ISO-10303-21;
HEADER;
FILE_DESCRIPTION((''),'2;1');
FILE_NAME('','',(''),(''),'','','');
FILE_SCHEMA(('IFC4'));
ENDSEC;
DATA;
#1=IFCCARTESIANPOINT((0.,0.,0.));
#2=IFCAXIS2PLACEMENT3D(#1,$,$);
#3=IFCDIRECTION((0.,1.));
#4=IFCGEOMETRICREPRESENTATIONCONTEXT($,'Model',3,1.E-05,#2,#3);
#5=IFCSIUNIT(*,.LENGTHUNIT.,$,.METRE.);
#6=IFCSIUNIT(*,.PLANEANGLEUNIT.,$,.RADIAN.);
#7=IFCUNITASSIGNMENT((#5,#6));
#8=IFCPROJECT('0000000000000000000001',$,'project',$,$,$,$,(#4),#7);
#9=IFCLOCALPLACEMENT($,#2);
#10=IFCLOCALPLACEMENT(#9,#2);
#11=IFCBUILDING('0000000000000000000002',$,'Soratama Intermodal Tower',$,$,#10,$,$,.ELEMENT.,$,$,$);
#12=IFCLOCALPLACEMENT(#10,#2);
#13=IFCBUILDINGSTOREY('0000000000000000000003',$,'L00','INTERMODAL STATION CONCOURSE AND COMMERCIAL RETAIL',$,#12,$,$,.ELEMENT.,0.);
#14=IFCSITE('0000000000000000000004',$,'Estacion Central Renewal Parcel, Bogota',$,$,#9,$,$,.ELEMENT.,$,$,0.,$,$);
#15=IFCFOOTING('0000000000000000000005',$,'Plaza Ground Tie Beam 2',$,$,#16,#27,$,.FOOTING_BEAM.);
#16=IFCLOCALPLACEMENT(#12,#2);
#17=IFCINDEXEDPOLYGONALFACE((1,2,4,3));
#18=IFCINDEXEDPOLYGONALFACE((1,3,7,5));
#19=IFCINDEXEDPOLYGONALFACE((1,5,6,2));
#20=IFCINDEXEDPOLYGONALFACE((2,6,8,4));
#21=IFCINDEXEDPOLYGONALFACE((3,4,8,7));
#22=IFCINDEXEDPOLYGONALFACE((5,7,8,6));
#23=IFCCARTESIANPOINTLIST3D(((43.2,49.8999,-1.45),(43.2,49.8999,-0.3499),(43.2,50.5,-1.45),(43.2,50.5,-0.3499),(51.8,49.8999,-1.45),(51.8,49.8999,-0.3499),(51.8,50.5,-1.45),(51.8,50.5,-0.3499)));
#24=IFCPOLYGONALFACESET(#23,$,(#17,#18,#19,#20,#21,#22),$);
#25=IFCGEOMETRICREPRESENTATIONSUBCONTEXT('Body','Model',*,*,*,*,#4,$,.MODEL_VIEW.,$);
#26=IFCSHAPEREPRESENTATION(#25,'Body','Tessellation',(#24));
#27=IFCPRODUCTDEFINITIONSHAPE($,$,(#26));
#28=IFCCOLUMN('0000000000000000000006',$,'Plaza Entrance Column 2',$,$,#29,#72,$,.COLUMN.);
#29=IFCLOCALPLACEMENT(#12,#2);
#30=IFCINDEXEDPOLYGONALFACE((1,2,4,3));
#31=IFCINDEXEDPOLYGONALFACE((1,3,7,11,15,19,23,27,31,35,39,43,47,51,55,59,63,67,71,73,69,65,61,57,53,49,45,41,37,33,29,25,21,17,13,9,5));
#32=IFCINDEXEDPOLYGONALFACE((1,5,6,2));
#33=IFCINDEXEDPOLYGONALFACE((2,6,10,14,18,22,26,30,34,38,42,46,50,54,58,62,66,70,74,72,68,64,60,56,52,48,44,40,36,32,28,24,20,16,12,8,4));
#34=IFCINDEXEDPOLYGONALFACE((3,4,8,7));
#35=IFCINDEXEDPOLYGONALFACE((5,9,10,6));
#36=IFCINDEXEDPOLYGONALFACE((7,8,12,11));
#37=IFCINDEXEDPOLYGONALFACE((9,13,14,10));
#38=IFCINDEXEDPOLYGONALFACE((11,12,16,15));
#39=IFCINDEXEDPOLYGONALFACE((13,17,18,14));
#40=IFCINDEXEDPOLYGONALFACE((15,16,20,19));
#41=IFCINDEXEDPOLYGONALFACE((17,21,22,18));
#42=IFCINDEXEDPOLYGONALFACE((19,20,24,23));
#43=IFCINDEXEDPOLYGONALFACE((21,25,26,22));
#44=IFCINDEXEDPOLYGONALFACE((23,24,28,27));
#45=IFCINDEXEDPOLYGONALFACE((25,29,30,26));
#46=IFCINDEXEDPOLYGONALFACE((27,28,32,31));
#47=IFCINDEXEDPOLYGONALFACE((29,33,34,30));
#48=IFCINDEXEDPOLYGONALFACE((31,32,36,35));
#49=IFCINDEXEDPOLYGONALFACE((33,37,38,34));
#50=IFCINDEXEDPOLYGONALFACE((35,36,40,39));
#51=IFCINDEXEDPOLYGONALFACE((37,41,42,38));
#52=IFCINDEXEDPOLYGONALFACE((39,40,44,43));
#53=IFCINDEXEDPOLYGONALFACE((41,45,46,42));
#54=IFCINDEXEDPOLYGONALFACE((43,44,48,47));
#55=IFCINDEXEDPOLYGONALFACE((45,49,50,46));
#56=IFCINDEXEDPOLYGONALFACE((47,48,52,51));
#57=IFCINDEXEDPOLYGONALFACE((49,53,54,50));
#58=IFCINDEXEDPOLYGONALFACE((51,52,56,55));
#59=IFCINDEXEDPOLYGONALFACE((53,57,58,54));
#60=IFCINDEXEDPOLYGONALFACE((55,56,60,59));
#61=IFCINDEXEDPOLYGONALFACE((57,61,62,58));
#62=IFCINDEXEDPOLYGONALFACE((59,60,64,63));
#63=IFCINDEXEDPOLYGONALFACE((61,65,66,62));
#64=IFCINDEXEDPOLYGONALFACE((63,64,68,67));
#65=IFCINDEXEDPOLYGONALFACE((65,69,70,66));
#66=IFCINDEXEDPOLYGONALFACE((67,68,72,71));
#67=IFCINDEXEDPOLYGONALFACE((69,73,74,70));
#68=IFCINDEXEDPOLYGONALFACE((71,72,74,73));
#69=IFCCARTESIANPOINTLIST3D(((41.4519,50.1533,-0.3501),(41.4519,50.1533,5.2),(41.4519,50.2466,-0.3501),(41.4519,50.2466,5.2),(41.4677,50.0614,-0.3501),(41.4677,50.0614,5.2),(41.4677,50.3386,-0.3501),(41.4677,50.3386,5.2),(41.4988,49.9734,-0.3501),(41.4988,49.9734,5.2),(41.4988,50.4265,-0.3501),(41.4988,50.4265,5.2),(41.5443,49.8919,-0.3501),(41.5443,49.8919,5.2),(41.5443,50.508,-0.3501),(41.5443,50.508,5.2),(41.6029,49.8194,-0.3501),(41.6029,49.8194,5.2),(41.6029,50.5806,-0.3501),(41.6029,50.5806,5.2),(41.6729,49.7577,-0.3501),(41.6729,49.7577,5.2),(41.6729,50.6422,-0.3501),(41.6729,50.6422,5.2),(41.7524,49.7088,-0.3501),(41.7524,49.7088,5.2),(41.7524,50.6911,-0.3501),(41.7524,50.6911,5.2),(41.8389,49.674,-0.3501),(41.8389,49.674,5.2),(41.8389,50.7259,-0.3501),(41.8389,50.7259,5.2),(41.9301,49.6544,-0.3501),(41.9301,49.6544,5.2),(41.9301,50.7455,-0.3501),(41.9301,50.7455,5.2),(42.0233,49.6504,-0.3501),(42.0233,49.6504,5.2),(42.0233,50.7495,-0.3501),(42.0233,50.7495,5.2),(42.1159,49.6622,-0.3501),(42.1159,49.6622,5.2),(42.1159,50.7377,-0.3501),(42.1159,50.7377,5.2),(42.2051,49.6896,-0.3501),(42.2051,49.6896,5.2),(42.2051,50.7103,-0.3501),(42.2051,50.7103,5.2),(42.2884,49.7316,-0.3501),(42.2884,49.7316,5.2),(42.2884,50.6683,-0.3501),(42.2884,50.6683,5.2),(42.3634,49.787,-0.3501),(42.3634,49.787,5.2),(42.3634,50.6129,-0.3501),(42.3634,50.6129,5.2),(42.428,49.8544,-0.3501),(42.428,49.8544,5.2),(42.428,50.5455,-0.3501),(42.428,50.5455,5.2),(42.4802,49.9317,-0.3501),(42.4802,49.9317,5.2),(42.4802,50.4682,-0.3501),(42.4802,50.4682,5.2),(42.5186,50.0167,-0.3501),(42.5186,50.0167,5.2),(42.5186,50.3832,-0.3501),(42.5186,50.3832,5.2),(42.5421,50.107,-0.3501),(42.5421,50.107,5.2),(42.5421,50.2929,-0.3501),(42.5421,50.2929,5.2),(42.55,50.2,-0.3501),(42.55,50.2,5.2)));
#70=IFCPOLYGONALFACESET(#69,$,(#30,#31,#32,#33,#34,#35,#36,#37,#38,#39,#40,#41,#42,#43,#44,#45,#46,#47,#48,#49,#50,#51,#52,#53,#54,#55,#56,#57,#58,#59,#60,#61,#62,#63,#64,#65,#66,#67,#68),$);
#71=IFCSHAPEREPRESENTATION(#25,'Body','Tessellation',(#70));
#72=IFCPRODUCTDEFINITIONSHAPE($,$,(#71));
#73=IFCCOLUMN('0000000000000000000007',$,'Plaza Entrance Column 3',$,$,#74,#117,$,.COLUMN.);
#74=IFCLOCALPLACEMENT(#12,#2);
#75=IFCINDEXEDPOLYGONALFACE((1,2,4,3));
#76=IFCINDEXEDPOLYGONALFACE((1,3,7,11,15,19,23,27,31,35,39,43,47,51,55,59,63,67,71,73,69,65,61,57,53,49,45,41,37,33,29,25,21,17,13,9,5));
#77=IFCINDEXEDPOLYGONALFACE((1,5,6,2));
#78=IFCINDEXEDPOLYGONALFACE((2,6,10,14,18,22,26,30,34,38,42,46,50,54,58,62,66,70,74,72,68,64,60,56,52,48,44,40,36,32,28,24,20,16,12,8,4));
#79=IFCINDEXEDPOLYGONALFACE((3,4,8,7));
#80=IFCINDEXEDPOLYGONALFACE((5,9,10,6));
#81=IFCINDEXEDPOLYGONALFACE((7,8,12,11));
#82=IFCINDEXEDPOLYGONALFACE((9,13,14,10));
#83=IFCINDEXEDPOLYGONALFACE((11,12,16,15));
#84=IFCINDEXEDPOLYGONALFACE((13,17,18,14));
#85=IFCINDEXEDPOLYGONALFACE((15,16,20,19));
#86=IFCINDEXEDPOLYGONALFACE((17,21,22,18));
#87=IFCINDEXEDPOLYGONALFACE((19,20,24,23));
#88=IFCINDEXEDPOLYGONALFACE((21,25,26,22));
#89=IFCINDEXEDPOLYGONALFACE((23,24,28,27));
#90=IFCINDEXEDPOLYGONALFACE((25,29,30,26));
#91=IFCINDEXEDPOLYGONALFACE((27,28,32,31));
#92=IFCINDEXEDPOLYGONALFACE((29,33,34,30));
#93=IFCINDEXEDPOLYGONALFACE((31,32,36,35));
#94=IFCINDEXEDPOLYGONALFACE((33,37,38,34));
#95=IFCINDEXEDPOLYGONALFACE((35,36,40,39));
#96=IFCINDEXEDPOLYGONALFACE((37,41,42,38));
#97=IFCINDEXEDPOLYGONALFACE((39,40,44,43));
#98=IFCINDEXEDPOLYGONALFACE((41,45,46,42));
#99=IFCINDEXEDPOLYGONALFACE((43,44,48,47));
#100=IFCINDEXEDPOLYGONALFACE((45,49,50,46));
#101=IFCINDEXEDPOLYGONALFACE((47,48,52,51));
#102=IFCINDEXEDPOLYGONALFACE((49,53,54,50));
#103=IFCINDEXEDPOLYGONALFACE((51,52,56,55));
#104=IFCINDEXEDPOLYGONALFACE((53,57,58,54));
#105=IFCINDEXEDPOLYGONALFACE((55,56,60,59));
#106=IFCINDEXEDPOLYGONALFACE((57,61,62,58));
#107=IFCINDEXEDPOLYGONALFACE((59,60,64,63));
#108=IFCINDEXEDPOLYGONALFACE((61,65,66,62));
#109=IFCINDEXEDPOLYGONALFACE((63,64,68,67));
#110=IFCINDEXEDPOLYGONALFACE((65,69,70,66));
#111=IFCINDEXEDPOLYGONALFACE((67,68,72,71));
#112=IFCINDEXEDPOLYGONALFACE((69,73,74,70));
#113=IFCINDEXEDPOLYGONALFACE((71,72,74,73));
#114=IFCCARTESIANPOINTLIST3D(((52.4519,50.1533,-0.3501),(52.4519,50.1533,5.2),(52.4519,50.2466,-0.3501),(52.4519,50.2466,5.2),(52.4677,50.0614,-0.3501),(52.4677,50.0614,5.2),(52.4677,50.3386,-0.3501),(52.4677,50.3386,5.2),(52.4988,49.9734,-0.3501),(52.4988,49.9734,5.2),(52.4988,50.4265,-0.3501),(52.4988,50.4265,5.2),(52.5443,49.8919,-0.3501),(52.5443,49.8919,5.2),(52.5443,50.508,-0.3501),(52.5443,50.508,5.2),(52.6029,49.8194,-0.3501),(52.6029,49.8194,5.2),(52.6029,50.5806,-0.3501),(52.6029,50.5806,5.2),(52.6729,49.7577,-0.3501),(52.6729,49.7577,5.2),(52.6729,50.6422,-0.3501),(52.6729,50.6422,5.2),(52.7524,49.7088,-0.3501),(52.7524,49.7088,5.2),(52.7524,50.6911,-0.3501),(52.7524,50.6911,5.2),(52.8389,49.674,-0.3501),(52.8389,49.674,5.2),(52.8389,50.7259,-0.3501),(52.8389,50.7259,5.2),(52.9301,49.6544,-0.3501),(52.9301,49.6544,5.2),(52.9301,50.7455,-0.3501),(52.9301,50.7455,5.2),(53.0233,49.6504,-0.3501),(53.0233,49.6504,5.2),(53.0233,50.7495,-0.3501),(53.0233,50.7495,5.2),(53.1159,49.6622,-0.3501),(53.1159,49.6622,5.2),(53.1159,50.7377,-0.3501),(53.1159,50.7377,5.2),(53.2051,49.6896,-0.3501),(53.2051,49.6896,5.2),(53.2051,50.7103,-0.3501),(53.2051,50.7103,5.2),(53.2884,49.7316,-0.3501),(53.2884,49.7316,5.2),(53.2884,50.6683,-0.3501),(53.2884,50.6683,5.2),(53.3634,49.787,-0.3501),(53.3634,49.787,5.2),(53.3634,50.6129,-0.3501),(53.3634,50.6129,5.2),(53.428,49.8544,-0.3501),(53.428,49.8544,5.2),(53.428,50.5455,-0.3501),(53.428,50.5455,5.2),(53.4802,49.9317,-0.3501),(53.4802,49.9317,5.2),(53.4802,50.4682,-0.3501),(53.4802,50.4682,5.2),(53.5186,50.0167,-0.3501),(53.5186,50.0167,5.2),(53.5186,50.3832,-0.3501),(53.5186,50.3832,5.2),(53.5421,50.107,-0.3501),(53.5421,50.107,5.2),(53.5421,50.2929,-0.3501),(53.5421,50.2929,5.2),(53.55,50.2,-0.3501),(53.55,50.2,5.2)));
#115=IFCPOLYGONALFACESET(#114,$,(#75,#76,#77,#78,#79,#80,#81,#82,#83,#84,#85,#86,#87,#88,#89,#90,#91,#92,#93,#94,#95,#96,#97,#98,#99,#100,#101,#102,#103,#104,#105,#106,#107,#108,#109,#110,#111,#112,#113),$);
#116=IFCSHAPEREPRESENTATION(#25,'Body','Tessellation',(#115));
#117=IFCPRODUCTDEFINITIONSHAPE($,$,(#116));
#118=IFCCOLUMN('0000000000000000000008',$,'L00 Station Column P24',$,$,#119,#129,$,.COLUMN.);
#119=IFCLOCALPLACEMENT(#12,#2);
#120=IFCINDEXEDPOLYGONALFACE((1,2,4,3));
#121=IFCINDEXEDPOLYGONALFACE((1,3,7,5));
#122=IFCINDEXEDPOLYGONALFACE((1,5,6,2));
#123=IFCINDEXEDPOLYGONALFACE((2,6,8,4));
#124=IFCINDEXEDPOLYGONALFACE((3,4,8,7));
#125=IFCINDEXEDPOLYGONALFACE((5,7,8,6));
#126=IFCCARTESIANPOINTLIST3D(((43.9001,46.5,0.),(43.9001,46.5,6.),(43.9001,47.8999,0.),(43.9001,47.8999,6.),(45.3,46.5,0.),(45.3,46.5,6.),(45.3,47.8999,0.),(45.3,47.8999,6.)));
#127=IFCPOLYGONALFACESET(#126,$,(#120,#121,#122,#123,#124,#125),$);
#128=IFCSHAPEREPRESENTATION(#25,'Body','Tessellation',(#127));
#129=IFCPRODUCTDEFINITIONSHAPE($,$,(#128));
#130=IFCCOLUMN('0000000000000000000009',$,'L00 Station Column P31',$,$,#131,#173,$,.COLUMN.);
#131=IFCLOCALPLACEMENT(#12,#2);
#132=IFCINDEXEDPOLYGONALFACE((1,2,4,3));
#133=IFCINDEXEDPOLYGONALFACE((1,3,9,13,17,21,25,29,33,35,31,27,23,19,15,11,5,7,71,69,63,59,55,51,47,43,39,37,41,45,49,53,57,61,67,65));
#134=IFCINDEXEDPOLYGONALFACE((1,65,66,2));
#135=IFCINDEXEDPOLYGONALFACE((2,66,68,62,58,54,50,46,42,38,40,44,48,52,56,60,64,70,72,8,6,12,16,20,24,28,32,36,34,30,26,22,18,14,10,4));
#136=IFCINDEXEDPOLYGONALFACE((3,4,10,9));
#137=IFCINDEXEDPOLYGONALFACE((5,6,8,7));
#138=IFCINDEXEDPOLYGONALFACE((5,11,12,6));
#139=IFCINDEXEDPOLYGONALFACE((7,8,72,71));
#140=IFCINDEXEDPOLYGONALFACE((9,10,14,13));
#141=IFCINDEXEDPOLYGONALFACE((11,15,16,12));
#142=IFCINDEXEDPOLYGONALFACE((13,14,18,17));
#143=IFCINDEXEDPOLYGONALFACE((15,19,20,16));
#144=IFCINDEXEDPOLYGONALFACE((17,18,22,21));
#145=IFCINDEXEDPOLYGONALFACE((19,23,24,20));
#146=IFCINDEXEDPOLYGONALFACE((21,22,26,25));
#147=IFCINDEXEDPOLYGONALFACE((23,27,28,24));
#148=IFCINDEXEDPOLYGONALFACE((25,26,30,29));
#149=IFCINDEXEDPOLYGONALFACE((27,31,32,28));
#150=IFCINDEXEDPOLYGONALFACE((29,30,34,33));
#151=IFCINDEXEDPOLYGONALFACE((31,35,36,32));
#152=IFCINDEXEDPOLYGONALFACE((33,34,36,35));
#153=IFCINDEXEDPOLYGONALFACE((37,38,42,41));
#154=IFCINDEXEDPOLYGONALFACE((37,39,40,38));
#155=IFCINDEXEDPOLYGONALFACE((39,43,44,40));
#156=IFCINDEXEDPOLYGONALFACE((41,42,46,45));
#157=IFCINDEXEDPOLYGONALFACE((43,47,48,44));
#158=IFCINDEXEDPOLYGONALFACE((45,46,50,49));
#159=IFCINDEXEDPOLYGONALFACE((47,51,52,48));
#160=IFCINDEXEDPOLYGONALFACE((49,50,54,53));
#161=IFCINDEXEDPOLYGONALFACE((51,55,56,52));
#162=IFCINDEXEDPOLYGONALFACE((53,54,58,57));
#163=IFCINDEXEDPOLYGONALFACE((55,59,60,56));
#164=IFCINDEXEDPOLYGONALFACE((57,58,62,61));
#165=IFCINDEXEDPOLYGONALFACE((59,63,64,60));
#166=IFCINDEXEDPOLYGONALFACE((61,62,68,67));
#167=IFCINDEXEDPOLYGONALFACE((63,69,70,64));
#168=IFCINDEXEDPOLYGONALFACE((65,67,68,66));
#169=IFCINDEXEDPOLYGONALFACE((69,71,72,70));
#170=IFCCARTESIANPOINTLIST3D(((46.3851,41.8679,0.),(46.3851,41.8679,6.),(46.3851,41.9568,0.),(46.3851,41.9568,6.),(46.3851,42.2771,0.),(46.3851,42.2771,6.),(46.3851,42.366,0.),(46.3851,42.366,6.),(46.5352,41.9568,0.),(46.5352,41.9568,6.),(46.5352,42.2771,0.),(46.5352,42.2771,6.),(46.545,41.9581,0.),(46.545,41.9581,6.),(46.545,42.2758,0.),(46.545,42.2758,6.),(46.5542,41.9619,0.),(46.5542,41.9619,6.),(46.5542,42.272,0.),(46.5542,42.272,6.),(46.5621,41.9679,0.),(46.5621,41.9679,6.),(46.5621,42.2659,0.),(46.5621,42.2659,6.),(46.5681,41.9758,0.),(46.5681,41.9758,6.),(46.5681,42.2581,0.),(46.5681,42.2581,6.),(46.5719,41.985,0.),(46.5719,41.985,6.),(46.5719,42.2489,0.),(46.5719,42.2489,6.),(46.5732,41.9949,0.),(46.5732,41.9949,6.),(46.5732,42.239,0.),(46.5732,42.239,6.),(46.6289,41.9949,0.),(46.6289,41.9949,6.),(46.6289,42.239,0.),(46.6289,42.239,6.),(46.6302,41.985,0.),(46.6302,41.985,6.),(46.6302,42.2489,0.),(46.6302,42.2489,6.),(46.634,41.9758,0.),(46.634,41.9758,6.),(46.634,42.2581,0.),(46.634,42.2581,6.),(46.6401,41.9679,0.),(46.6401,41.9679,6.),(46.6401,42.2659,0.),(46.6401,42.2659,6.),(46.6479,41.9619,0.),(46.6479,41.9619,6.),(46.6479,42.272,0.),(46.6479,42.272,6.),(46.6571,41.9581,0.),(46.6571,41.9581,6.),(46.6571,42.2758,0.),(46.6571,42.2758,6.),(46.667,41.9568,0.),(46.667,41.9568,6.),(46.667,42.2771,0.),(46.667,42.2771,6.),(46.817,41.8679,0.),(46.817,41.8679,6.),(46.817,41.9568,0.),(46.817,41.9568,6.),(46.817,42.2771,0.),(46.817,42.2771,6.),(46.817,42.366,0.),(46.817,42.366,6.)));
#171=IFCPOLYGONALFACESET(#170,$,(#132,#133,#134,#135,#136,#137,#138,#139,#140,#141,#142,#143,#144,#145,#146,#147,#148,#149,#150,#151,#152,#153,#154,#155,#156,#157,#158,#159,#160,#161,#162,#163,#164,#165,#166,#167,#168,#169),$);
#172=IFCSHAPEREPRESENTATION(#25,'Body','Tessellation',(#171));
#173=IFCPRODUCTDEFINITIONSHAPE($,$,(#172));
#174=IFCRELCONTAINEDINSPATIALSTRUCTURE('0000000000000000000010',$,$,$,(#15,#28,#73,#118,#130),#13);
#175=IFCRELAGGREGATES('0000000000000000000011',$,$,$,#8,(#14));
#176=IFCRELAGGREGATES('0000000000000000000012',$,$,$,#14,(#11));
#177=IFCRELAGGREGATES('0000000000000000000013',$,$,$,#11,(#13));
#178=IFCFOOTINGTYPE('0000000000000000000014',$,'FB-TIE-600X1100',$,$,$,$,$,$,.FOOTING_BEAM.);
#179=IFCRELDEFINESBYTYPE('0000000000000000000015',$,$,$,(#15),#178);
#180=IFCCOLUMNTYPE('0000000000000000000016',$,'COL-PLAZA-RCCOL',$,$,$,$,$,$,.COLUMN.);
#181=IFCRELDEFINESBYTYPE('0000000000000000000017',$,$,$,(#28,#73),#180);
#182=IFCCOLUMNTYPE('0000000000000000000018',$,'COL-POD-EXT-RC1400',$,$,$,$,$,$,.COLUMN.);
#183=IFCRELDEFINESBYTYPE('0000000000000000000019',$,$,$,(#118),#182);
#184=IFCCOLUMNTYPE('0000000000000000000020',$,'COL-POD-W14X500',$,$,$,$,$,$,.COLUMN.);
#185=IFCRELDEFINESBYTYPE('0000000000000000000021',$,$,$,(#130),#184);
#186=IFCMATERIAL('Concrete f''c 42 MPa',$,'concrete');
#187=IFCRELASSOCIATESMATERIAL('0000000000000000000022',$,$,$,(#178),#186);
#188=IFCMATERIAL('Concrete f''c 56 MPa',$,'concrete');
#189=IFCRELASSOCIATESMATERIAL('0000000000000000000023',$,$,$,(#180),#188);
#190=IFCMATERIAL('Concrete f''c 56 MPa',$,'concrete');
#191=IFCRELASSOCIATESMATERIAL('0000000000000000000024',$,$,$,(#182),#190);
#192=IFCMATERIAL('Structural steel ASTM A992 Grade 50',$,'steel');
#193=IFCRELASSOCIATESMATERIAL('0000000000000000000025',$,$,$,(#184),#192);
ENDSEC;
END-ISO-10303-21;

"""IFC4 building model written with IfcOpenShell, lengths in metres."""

from ifc_helpers import new_model, si_unit, direction, frame, origin, origin_2d, place, context, subcontext, project, spatial, rectangle, circle, i_section, extrude, material, material_profile, profile_set, type_object, element, save


model = new_model("IFC4")

# Units and contexts
model_context = context("Model", 3, precision=1e-05, world=origin(), true_north=direction((0.0, 1.0)))
body_context = subcontext(model_context, "Body", "Model", "MODEL_VIEW")
ifc_project = project(units=[si_unit("LENGTHUNIT", "METRE"), si_unit("PLANEANGLEUNIT", "RADIAN")], contexts=[model_context])

# Site, building, storey
site_placement = place(None, origin())
site = spatial("IfcSite", under=ifc_project, at=site_placement, Name="Estacion Central Renewal Parcel, Bogota", CompositionType="ELEMENT", RefElevation=0.0)
building_placement = place(site_placement, origin())
building = spatial("IfcBuilding", under=site, at=building_placement, Name="Soratama Intermodal Tower", CompositionType="ELEMENT")
storey_placement = place(building_placement, origin())
storey = spatial("IfcBuildingStorey", under=building, at=storey_placement, Name="L00", Description="INTERMODAL STATION CONCOURSE AND COMMERCIAL RETAIL", CompositionType="ELEMENT", Elevation=0.0)

# Footing
ifc_material_1 = material(Name="Concrete f'c 42 MPa", Category="concrete")
ifc_material_profile_1 = material_profile(ifc_material_1, rectangle(XDim=0.6001, YDim=1.1001, at=origin_2d()), Name="RC600X1100")
ifc_profile_set_1 = profile_set([ifc_material_profile_1], Name="Concrete f'c 42 MPa")
footing_type = type_object("IfcFootingType", Name="FB-TIE-600X1100", PredefinedType="FOOTING_BEAM", material=ifc_profile_set_1)
footing_placement = place(storey_placement, frame((43.2, 50.2, -0.8999), z_axis=(1.0, 0.0, 0.0), x_axis=(0.0, 1.0, 0.0)))
element("IfcFooting", 1, at=footing_placement, inside=storey, type_object=footing_type, Name="Plaza Ground Tie Beam 2", PredefinedType="FOOTING_BEAM", context=body_context, shape_type="SweptSolid", body=[
    extrude(rectangle(XDim=0.6001, YDim=1.1001, at=origin_2d()), origin(), (0.0, 0.0, 1.0), 8.6001),
])

# Columns
ifc_material_2 = material(Name="Concrete f'c 56 MPa", Category="concrete")
ifc_material_profile_2 = material_profile(ifc_material_2, circle(Radius=0.55, at=origin_2d()), Name="RCCOL1100")
ifc_profile_set_2 = profile_set([ifc_material_profile_2], Name="Concrete f'c 56 MPa")
column_type_1 = type_object("IfcColumnType", Name="COL-PLAZA-RCCOL", PredefinedType="COLUMN", material=ifc_profile_set_2)
for number, where, z_axis, x_axis, name in (
    (2, (42.0, 50.2, -0.3501), (0.0, 0.0, 1.0), (1.0, 0.0, 0.0), "Plaza Entrance Column 2"),
    (3, (53.0, 50.2, -0.3501), (0.0, 0.0, 1.0), (1.0, 0.0, 0.0), "Plaza Entrance Column 3"),
):
    element("IfcColumn", number, at=place(storey_placement, frame(where, z_axis=z_axis, x_axis=x_axis)), inside=storey, type_object=column_type_1, Name=name, PredefinedType="COLUMN", context=body_context, shape_type="SweptSolid", body=[
        extrude(circle(Radius=0.55, at=origin_2d()), origin(), (0.0, 0.0, 1.0), 5.55),
    ])
ifc_material_3 = material(Name="Concrete f'c 56 MPa", Category="concrete")
ifc_material_profile_3 = material_profile(ifc_material_3, rectangle(XDim=1.3999, YDim=1.3999, at=origin_2d()), Name="RC1400X1400")
ifc_profile_set_3 = profile_set([ifc_material_profile_3], Name="Concrete f'c 56 MPa")
column_type_2 = type_object("IfcColumnType", Name="COL-POD-EXT-RC1400", PredefinedType="COLUMN", material=ifc_profile_set_3)
column_1_placement = place(storey_placement, frame((44.6001, 47.2, 0.0), z_axis=(0.0, 0.0, 1.0), x_axis=(1.0, 0.0, 0.0)))
element("IfcColumn", 4, at=column_1_placement, inside=storey, type_object=column_type_2, Name="L00 Station Column P24", PredefinedType="COLUMN", context=body_context, shape_type="SweptSolid", body=[
    extrude(rectangle(XDim=1.3999, YDim=1.3999, at=origin_2d()), origin(), (0.0, 0.0, 1.0), 6.0),
])
ifc_material_4 = material(Name="Structural steel ASTM A992 Grade 50", Category="steel")
ifc_material_profile_4 = material_profile(ifc_material_4, i_section(OverallWidth=0.4319, OverallDepth=0.498, WebThickness=0.0557, FlangeThickness=0.0889, FilletRadius=0.0381, at=origin_2d()), Name="W14X500")
ifc_profile_set_4 = profile_set([ifc_material_profile_4], Name="Structural steel ASTM A992 Grade 50")
column_type_3 = type_object("IfcColumnType", Name="COL-POD-W14X500", PredefinedType="COLUMN", material=ifc_profile_set_4)
for number, where, z_axis, x_axis, name in (
    (5, (46.6011, 42.1169, 0.0), (0.0, 0.0, 1.0), (1.0, 0.0, 0.0), "L00 Station Column P31"),
):
    element("IfcColumn", number, at=place(storey_placement, frame(where, z_axis=z_axis, x_axis=x_axis)), inside=storey, type_object=column_type_3, Name=name, PredefinedType="COLUMN", context=body_context, shape_type="SweptSolid", body=[
        extrude(i_section(OverallWidth=0.4319, OverallDepth=0.498, WebThickness=0.0557, FlangeThickness=0.0889, FilletRadius=0.0381, at=origin_2d()), origin(), (0.0, 0.0, 1.0), 6.0),
    ])

save(model, "model.ifc")
